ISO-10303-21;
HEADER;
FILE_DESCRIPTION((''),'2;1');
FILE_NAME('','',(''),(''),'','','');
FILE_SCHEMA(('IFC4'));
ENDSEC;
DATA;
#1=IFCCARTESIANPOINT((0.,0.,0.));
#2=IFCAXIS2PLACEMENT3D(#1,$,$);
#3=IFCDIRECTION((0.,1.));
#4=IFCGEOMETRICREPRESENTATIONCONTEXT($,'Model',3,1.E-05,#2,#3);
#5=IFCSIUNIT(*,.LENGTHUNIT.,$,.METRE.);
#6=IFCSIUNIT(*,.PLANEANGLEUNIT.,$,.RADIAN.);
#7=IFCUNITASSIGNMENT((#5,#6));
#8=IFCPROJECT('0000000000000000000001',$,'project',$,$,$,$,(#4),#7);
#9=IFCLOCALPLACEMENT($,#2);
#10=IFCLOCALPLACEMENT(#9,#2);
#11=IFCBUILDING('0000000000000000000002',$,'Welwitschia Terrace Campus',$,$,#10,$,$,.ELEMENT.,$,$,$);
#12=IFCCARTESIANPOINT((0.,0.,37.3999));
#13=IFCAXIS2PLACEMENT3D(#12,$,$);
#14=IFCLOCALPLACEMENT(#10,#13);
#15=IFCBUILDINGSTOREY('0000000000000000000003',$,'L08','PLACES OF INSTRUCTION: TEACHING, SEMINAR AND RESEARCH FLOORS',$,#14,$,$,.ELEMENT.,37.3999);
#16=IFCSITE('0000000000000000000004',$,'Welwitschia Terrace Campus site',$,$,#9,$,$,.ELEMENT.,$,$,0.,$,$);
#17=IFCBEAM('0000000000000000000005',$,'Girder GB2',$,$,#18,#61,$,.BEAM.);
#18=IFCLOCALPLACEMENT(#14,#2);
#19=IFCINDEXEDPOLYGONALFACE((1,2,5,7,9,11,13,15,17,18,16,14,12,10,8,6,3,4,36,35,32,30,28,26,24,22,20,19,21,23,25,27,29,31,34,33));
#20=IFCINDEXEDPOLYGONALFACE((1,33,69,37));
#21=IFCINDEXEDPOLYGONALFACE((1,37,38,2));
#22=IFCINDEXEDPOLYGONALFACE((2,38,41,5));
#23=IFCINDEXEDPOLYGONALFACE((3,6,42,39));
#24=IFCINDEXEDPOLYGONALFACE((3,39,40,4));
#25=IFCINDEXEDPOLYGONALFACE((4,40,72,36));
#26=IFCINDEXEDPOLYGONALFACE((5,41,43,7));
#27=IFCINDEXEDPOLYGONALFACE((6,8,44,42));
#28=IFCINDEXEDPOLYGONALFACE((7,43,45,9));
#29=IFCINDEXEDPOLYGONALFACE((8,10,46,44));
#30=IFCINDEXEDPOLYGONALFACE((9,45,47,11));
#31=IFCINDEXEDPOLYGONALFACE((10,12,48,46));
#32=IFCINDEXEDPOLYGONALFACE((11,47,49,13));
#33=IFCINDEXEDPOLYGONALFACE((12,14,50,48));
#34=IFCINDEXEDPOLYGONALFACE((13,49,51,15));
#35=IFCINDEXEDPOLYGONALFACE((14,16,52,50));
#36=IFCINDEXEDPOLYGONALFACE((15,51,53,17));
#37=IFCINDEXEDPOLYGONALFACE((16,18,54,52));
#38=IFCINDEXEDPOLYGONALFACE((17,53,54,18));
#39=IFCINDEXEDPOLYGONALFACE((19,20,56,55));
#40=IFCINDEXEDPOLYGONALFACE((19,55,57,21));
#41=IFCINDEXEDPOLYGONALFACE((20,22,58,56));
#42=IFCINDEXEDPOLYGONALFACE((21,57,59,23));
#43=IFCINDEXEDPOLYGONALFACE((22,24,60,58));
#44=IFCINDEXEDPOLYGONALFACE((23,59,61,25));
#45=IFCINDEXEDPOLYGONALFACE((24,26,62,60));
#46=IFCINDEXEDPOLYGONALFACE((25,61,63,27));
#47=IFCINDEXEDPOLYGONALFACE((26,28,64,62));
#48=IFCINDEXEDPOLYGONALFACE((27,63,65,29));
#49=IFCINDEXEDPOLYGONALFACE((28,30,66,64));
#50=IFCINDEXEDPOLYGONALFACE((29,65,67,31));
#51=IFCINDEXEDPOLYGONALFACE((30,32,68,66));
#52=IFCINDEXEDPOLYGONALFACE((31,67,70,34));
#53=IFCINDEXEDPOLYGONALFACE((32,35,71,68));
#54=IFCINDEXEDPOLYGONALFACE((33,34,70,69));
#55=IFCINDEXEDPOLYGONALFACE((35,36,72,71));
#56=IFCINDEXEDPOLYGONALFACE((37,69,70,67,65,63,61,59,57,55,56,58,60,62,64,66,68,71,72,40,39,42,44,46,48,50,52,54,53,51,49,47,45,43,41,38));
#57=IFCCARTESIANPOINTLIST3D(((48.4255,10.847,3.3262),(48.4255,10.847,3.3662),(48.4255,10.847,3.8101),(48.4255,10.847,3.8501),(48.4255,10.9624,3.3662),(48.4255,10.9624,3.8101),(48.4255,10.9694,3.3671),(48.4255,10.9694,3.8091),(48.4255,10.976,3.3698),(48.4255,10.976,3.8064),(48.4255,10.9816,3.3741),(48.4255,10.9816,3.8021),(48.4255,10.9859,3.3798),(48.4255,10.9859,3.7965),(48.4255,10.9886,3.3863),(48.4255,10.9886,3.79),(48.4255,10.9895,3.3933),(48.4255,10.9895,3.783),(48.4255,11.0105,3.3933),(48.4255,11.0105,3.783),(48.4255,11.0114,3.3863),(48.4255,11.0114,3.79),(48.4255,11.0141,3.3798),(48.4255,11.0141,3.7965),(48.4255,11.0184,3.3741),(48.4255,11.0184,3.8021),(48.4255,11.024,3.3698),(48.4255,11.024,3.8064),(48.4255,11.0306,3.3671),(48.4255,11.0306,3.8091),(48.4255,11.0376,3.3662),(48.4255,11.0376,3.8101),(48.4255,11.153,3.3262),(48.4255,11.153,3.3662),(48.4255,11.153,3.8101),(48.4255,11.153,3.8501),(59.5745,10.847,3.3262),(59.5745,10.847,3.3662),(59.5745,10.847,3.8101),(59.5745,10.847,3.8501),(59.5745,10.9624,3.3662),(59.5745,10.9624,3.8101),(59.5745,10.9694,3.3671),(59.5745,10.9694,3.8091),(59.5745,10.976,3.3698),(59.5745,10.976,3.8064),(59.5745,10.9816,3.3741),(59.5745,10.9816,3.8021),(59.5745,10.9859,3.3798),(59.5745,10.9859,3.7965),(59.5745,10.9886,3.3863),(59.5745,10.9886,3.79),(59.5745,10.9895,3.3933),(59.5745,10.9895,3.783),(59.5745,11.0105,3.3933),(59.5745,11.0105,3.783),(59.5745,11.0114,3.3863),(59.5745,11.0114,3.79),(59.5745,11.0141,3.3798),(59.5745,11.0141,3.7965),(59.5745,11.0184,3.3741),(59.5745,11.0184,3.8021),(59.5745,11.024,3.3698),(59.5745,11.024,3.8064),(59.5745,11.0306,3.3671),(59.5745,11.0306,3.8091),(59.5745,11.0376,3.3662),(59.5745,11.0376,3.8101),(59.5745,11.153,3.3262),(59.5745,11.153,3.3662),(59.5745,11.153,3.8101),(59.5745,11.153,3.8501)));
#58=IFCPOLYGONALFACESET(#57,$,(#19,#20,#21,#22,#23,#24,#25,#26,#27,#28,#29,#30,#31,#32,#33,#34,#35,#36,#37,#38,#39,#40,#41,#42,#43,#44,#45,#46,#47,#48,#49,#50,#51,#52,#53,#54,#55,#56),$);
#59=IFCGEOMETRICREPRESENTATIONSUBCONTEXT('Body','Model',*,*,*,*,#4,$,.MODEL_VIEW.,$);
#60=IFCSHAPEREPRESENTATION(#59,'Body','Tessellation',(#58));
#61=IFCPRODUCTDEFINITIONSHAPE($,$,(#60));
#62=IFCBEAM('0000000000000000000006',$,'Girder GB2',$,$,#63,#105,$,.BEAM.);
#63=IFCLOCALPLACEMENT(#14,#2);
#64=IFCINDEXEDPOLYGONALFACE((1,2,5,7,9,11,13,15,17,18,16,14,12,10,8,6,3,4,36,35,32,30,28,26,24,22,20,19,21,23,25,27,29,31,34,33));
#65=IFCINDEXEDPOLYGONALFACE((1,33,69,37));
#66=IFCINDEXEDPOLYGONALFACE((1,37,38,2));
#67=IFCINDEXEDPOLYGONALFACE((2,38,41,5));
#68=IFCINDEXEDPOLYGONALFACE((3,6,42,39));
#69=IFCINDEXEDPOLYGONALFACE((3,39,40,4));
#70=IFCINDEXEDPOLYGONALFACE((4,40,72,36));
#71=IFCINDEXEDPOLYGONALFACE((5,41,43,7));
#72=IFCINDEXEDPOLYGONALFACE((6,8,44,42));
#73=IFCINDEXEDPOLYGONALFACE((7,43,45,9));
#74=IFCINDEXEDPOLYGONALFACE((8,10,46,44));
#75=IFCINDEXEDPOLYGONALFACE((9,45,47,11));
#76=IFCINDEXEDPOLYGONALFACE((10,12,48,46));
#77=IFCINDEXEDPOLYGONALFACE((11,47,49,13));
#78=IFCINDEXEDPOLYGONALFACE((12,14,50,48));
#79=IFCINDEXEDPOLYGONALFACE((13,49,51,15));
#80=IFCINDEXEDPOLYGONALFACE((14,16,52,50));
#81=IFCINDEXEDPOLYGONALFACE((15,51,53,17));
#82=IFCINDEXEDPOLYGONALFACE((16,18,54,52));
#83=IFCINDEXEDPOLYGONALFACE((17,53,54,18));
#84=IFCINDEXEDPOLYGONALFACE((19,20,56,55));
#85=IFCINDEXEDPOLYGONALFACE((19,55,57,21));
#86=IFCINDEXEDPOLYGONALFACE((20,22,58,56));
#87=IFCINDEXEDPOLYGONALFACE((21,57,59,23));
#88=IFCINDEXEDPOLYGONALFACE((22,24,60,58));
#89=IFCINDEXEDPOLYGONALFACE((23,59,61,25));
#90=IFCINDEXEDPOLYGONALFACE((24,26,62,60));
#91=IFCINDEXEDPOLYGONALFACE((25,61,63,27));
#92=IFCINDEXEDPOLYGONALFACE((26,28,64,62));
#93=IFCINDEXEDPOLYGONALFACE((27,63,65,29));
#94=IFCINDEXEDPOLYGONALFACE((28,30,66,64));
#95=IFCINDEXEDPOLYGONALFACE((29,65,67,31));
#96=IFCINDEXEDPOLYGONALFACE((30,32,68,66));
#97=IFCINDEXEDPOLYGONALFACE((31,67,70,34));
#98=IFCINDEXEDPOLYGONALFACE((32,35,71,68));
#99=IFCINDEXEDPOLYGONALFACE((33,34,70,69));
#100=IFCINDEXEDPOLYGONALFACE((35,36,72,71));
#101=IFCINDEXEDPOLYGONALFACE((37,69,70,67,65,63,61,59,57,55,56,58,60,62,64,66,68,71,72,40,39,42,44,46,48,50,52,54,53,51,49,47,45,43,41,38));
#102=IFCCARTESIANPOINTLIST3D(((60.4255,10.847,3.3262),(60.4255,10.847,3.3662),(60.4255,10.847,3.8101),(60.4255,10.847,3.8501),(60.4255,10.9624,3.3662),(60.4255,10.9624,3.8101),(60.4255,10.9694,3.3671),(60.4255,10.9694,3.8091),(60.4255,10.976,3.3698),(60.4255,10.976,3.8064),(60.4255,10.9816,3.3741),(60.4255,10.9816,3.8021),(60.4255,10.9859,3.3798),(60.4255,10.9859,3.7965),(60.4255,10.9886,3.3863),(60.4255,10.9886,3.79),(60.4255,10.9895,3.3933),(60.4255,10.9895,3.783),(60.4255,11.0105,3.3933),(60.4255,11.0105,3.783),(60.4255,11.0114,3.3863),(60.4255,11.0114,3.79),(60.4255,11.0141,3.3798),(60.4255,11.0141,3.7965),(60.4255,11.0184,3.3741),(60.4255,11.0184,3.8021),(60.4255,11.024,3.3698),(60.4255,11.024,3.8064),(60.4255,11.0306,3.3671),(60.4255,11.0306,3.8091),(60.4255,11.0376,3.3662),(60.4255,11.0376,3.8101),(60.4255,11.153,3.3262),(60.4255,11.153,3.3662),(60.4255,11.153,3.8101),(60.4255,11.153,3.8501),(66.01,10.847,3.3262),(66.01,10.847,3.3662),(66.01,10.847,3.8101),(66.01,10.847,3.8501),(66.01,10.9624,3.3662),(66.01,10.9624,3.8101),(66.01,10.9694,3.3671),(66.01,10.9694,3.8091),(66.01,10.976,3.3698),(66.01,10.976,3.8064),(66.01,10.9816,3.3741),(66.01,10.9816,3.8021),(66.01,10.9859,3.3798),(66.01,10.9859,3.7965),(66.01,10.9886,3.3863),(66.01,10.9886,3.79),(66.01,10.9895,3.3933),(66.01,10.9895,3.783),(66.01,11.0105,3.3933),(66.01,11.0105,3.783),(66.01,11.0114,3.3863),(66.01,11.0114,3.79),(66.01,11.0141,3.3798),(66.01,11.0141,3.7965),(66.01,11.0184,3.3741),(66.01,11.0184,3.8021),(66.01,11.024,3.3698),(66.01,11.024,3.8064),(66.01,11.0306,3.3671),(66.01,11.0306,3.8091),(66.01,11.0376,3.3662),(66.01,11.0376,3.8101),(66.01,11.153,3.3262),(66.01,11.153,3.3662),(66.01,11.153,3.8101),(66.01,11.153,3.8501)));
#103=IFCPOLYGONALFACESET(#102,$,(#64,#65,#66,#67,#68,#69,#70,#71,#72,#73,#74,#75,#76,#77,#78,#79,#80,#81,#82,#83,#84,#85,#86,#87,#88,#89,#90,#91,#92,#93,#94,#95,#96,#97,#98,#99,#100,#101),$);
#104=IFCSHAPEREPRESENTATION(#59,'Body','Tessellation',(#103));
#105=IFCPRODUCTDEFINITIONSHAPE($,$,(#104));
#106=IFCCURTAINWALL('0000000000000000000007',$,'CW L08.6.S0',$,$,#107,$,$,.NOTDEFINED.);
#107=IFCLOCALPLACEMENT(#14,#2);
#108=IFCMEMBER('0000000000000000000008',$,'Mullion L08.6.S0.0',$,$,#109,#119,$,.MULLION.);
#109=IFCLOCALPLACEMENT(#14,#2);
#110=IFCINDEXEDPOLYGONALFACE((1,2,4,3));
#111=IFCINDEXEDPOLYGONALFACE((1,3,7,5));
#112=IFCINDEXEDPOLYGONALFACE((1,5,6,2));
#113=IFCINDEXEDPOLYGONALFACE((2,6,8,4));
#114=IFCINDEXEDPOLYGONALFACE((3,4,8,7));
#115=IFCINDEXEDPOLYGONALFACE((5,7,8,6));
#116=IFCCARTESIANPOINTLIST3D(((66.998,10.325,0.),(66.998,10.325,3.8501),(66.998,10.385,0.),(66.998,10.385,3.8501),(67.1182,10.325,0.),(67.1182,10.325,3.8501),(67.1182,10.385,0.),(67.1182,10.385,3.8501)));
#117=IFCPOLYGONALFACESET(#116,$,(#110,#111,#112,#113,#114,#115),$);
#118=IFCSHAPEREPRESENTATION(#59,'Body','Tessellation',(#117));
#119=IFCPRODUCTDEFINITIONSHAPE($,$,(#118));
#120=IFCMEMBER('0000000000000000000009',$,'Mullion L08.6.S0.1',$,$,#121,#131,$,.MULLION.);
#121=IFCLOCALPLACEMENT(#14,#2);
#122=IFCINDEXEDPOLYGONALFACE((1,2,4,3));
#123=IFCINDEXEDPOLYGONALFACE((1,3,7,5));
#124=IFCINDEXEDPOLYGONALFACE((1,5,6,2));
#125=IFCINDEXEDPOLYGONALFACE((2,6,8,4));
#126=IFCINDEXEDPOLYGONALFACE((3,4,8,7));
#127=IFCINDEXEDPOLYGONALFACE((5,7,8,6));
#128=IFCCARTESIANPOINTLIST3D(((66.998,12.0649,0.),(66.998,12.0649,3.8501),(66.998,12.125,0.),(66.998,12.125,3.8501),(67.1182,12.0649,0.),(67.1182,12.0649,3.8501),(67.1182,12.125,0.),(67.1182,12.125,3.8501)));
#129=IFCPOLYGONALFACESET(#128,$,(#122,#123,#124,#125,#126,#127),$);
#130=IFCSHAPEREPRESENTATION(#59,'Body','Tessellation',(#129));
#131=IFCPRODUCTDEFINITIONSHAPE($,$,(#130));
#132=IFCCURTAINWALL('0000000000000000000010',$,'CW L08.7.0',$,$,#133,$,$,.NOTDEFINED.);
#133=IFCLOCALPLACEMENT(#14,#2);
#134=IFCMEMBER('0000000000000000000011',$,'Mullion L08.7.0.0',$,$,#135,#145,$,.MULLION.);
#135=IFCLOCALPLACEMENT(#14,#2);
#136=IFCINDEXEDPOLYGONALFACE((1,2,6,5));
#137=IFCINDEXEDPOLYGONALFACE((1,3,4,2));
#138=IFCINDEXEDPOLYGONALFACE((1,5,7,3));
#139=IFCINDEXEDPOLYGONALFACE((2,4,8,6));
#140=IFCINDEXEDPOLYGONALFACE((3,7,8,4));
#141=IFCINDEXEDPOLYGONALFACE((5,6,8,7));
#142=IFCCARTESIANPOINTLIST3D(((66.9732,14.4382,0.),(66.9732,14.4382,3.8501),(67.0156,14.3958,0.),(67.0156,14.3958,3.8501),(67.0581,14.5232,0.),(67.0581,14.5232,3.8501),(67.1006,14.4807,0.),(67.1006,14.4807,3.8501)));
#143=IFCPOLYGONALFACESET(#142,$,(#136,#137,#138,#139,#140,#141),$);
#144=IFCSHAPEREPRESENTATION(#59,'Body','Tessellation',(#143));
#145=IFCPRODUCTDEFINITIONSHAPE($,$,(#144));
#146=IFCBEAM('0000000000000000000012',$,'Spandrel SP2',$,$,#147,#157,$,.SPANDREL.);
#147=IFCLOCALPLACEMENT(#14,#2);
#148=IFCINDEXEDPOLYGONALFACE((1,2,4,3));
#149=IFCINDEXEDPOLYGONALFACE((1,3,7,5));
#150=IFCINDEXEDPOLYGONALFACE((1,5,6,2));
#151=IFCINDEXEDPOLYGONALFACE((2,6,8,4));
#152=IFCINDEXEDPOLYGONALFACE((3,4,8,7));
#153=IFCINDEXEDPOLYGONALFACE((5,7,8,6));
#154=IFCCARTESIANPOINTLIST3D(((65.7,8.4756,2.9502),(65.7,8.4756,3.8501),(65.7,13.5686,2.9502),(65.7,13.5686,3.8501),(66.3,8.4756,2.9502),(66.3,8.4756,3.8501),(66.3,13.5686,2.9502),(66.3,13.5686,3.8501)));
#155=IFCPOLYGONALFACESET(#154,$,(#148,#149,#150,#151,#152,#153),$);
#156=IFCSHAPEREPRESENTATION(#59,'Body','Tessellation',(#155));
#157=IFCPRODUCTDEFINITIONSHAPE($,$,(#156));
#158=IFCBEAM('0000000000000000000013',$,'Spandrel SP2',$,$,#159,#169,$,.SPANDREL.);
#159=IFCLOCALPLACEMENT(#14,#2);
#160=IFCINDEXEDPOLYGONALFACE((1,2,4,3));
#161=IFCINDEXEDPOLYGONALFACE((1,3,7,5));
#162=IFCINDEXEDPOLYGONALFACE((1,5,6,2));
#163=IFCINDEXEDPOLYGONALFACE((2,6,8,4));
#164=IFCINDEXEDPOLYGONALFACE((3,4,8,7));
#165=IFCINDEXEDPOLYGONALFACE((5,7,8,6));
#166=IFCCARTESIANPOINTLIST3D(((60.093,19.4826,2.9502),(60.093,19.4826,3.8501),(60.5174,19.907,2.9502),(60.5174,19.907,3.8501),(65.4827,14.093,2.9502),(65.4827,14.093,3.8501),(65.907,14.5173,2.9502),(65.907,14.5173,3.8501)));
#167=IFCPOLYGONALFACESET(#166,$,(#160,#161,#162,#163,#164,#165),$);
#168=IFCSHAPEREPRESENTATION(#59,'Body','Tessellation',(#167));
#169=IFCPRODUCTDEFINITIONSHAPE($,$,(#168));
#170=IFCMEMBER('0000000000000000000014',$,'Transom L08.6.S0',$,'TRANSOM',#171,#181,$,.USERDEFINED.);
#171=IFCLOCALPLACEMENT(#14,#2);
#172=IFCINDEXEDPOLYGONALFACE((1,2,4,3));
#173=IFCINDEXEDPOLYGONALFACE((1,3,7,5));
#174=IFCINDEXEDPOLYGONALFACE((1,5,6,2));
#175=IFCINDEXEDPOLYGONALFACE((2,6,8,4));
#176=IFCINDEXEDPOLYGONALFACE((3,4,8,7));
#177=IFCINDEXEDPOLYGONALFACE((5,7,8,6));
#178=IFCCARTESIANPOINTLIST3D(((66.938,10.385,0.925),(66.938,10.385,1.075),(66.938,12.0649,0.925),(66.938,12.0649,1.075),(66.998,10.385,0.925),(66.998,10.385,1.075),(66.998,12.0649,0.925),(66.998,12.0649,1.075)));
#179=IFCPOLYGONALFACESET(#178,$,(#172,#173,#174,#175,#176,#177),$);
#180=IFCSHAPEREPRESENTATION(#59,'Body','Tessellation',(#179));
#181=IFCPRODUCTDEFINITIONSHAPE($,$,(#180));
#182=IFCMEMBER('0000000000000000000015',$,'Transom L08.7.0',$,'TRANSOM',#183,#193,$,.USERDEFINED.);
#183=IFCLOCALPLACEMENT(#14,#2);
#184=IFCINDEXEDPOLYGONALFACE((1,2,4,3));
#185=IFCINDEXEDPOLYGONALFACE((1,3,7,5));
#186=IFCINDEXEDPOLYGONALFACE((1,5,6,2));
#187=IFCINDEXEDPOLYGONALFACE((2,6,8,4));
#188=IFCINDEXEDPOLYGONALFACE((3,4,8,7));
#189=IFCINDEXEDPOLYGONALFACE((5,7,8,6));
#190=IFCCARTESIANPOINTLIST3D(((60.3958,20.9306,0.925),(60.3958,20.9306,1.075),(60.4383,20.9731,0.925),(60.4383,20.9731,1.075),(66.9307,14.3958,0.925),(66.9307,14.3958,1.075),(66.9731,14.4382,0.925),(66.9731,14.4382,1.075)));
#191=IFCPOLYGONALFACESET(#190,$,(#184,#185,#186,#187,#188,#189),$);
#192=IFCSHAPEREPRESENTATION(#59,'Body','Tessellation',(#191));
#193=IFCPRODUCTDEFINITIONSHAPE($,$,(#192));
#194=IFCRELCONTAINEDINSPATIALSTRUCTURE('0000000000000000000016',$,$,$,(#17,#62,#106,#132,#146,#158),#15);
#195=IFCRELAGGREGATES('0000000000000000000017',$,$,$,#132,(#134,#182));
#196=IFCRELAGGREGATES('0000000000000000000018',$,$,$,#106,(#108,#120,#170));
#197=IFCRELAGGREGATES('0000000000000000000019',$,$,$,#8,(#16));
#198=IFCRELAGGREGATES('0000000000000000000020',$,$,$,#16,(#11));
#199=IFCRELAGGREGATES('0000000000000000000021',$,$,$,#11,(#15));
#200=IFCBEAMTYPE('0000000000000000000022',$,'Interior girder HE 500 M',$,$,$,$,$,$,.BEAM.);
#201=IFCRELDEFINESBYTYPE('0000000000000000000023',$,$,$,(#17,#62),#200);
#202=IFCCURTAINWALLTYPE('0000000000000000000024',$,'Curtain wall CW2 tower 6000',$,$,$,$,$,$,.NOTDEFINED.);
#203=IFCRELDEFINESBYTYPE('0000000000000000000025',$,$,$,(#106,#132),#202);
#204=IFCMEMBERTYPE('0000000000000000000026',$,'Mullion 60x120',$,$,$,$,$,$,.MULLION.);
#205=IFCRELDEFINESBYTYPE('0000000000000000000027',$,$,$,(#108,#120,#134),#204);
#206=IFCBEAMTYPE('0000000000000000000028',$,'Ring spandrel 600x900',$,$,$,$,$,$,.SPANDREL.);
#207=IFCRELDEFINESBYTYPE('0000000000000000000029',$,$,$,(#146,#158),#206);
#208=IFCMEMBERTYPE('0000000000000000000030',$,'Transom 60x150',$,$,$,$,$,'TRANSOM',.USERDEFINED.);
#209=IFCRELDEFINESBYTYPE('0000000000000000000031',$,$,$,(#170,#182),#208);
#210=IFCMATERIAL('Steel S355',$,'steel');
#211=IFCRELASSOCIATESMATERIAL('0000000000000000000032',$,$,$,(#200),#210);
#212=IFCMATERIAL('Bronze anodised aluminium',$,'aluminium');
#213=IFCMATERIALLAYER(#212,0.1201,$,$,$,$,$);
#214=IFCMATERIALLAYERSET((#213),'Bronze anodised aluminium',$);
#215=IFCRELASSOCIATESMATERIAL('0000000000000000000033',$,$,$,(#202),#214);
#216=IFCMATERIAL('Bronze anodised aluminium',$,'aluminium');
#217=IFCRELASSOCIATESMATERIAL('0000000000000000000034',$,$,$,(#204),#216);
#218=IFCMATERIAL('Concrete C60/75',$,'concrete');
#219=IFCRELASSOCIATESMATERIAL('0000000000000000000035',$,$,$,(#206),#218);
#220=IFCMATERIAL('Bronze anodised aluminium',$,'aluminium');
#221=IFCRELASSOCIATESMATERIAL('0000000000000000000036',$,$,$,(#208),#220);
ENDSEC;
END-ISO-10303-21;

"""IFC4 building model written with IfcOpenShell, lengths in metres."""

from ifc_helpers import new_model, si_unit, direction, frame, origin, origin_2d, place, context, subcontext, project, spatial, rectangle, i_section, extrude, material, layer, layer_set, material_profile, profile_set, type_object, element, aggregate, save


model = new_model("IFC4")

# Units and contexts
model_context = context("Model", 3, precision=1e-05, world=origin(), true_north=direction((0.0, 1.0)))
body_context = subcontext(model_context, "Body", "Model", "MODEL_VIEW")
ifc_project = project(units=[si_unit("LENGTHUNIT", "METRE"), si_unit("PLANEANGLEUNIT", "RADIAN")], contexts=[model_context])

# Site, building, storey
site_placement = place(None, origin())
site = spatial("IfcSite", under=ifc_project, at=site_placement, Name="Welwitschia Terrace Campus site", CompositionType="ELEMENT", RefElevation=0.0)
building_placement = place(site_placement, origin())
building = spatial("IfcBuilding", under=site, at=building_placement, Name="Welwitschia Terrace Campus", CompositionType="ELEMENT")
storey_placement = place(building_placement, frame((0.0, 0.0, 37.3999)))
storey = spatial("IfcBuildingStorey", under=building, at=storey_placement, Name="L08", Description="PLACES OF INSTRUCTION: TEACHING, SEMINAR AND RESEARCH FLOORS", CompositionType="ELEMENT", Elevation=37.3999)

# Beams
ifc_material_1 = material(Name="Steel S355", Category="steel")
ifc_material_profile_1 = material_profile(ifc_material_1, i_section(OverallWidth=0.3059, OverallDepth=0.5239, WebThickness=0.021, FlangeThickness=0.04, FilletRadius=0.0271, at=origin_2d()))
ifc_profile_set_1 = profile_set([ifc_material_profile_1], Name="Steel S355")
beam_type_1 = type_object("IfcBeamType", Name="Interior girder HE 500 M", PredefinedType="BEAM", material=ifc_profile_set_1)
beam_1_placement = place(storey_placement, frame((48.4255, 11.0, 3.5881), z_axis=(1.0, 0.0, 0.0), x_axis=(0.0, 1.0, 0.0)))
element("IfcBeam", 1, at=beam_1_placement, inside=storey, type_object=beam_type_1, Name="Girder GB2", PredefinedType="BEAM", context=body_context, shape_type="SweptSolid", body=[
    extrude(i_section(OverallWidth=0.3059, OverallDepth=0.5239, WebThickness=0.021, FlangeThickness=0.04, FilletRadius=0.0271, at=origin_2d()), origin(), (0.0, 0.0, 1.0), 11.1489),
])
beam_2_placement = place(storey_placement, frame((60.4255, 11.0, 3.5881), z_axis=(1.0, 0.0, 0.0), x_axis=(0.0, 1.0, 0.0)))
element("IfcBeam", 2, at=beam_2_placement, inside=storey, type_object=beam_type_1, Name="Girder GB2", PredefinedType="BEAM", context=body_context, shape_type="SweptSolid", body=[
    extrude(i_section(OverallWidth=0.3059, OverallDepth=0.5239, WebThickness=0.021, FlangeThickness=0.04, FilletRadius=0.0271, at=origin_2d()), origin(), (0.0, 0.0, 1.0), 5.5845),
])

# Curtain wall, members
ifc_material_2 = material(Name="Bronze anodised aluminium", Category="aluminium")
ifc_layer_1 = layer(ifc_material_2, 0.1201)
ifc_layer_set_1 = layer_set([ifc_layer_1], Name="Bronze anodised aluminium")
curtain_wall_type = type_object("IfcCurtainWallType", Name="Curtain wall CW2 tower 6000", PredefinedType="NOTDEFINED", material=ifc_layer_set_1)
curtain_wall_1_placement = place(storey_placement, origin())
curtain_wall_1 = element("IfcCurtainWall", 3, at=curtain_wall_1_placement, inside=storey, type_object=curtain_wall_type, Name="CW L08.6.S0", PredefinedType="NOTDEFINED")
ifc_material_3 = material(Name="Bronze anodised aluminium", Category="aluminium")
ifc_material_profile_2 = material_profile(ifc_material_3, rectangle(XDim=0.1201, YDim=0.0601, at=origin_2d()))
ifc_profile_set_2 = profile_set([ifc_material_profile_2], Name="Bronze anodised aluminium")
member_type_1 = type_object("IfcMemberType", Name="Mullion 60x120", PredefinedType="MULLION", material=ifc_profile_set_2)
member_1_placement = place(storey_placement, frame((67.0581, 10.355, 0.0), z_axis=(0.0, 0.0, 1.0), x_axis=(-1.0, 0.0, 0.0)))
member_1 = element("IfcMember", 4, at=member_1_placement, type_object=member_type_1, Name="Mullion L08.6.S0.0", PredefinedType="MULLION", context=body_context, shape_type="SweptSolid", body=[
    extrude(rectangle(XDim=0.1201, YDim=0.0601, at=origin_2d()), origin(), (0.0, 0.0, 1.0), 3.8501),
])
member_2_placement = place(storey_placement, frame((67.0581, 12.095, 0.0), z_axis=(0.0, 0.0, 1.0), x_axis=(-1.0, 0.0, 0.0)))
member_2 = element("IfcMember", 5, at=member_2_placement, type_object=member_type_1, Name="Mullion L08.6.S0.1", PredefinedType="MULLION", context=body_context, shape_type="SweptSolid", body=[
    extrude(rectangle(XDim=0.1201, YDim=0.0601, at=origin_2d()), origin(), (0.0, 0.0, 1.0), 3.8501),
])

# Curtain wall, member
curtain_wall_2_placement = place(storey_placement, origin())
curtain_wall_2 = element("IfcCurtainWall", 6, at=curtain_wall_2_placement, inside=storey, type_object=curtain_wall_type, Name="CW L08.7.0", PredefinedType="NOTDEFINED")
member_3_placement = place(storey_placement, frame((67.0369, 14.4595, 0.0), z_axis=(0.0, 0.0, 1.0), x_axis=(-0.707107, -0.707107, 0.0)))
member_3 = element("IfcMember", 7, at=member_3_placement, type_object=member_type_1, Name="Mullion L08.7.0.0", PredefinedType="MULLION", context=body_context, shape_type="SweptSolid", body=[
    extrude(rectangle(XDim=0.1201, YDim=0.0601, at=origin_2d()), origin(), (0.0, 0.0, 1.0), 3.8501),
])

# Beams
ifc_material_4 = material(Name="Concrete C60/75", Category="concrete")
ifc_material_profile_3 = material_profile(ifc_material_4, rectangle(XDim=0.6001, YDim=0.8999, at=origin_2d()))
ifc_profile_set_3 = profile_set([ifc_material_profile_3], Name="Concrete C60/75")
beam_type_2 = type_object("IfcBeamType", Name="Ring spandrel 600x900", PredefinedType="SPANDREL", material=ifc_profile_set_3)
beam_3_placement = place(storey_placement, frame((66.0, 8.4756, 3.4001), z_axis=(0.0, 1.0, 0.0), x_axis=(-1.0, 0.0, 0.0)))
element("IfcBeam", 8, at=beam_3_placement, inside=storey, type_object=beam_type_2, Name="Spandrel SP2", PredefinedType="SPANDREL", context=body_context, shape_type="SweptSolid", body=[
    extrude(rectangle(XDim=0.6001, YDim=0.8999, at=origin_2d()), origin(), (0.0, 0.0, 1.0), 5.093),
])
beam_4_placement = place(storey_placement, frame((65.6948, 14.3052, 3.4001), z_axis=(-0.707107, 0.707107, 0.0), x_axis=(-0.707107, -0.707107, 0.0)))
element("IfcBeam", 9, at=beam_4_placement, inside=storey, type_object=beam_type_2, Name="Spandrel SP2", PredefinedType="SPANDREL", context=body_context, shape_type="SweptSolid", body=[
    extrude(rectangle(XDim=0.6001, YDim=0.8999, at=origin_2d()), origin(), (0.0, 0.0, 1.0), 7.6221),
])

# Members
ifc_material_5 = material(Name="Bronze anodised aluminium", Category="aluminium")
ifc_material_profile_4 = material_profile(ifc_material_5, rectangle(XDim=0.0601, YDim=0.1499, at=origin_2d()))
ifc_profile_set_4 = profile_set([ifc_material_profile_4], Name="Bronze anodised aluminium")
member_type_2 = type_object("IfcMemberType", Name="Transom 60x150", ElementType="TRANSOM", PredefinedType="USERDEFINED", material=ifc_profile_set_4)
member_4_placement = place(storey_placement, frame((66.968, 10.385, 1.0), z_axis=(0.0, 1.0, 0.0), x_axis=(-1.0, 0.0, 0.0)))
member_4 = element("IfcMember", 10, at=member_4_placement, type_object=member_type_2, Name="Transom L08.6.S0", ObjectType="TRANSOM", PredefinedType="USERDEFINED", context=body_context, shape_type="SweptSolid", body=[
    extrude(rectangle(XDim=0.0601, YDim=0.1499, at=origin_2d()), origin(), (0.0, 0.0, 1.0), 1.6799),
])
member_5_placement = place(storey_placement, frame((66.9519, 14.417, 1.0), z_axis=(-0.707107, 0.707107, 0.0), x_axis=(-0.707107, -0.707107, 0.0)))
member_5 = element("IfcMember", 11, at=member_5_placement, type_object=member_type_2, Name="Transom L08.7.0", ObjectType="TRANSOM", PredefinedType="USERDEFINED", context=body_context, shape_type="SweptSolid", body=[
    extrude(rectangle(XDim=0.0601, YDim=0.1499, at=origin_2d()), origin(), (0.0, 0.0, 1.0), 9.2417),
])
aggregate(curtain_wall_2, [member_3, member_5])

aggregate(curtain_wall_1, [member_1, member_2, member_4])

save(model, "model.ifc")
